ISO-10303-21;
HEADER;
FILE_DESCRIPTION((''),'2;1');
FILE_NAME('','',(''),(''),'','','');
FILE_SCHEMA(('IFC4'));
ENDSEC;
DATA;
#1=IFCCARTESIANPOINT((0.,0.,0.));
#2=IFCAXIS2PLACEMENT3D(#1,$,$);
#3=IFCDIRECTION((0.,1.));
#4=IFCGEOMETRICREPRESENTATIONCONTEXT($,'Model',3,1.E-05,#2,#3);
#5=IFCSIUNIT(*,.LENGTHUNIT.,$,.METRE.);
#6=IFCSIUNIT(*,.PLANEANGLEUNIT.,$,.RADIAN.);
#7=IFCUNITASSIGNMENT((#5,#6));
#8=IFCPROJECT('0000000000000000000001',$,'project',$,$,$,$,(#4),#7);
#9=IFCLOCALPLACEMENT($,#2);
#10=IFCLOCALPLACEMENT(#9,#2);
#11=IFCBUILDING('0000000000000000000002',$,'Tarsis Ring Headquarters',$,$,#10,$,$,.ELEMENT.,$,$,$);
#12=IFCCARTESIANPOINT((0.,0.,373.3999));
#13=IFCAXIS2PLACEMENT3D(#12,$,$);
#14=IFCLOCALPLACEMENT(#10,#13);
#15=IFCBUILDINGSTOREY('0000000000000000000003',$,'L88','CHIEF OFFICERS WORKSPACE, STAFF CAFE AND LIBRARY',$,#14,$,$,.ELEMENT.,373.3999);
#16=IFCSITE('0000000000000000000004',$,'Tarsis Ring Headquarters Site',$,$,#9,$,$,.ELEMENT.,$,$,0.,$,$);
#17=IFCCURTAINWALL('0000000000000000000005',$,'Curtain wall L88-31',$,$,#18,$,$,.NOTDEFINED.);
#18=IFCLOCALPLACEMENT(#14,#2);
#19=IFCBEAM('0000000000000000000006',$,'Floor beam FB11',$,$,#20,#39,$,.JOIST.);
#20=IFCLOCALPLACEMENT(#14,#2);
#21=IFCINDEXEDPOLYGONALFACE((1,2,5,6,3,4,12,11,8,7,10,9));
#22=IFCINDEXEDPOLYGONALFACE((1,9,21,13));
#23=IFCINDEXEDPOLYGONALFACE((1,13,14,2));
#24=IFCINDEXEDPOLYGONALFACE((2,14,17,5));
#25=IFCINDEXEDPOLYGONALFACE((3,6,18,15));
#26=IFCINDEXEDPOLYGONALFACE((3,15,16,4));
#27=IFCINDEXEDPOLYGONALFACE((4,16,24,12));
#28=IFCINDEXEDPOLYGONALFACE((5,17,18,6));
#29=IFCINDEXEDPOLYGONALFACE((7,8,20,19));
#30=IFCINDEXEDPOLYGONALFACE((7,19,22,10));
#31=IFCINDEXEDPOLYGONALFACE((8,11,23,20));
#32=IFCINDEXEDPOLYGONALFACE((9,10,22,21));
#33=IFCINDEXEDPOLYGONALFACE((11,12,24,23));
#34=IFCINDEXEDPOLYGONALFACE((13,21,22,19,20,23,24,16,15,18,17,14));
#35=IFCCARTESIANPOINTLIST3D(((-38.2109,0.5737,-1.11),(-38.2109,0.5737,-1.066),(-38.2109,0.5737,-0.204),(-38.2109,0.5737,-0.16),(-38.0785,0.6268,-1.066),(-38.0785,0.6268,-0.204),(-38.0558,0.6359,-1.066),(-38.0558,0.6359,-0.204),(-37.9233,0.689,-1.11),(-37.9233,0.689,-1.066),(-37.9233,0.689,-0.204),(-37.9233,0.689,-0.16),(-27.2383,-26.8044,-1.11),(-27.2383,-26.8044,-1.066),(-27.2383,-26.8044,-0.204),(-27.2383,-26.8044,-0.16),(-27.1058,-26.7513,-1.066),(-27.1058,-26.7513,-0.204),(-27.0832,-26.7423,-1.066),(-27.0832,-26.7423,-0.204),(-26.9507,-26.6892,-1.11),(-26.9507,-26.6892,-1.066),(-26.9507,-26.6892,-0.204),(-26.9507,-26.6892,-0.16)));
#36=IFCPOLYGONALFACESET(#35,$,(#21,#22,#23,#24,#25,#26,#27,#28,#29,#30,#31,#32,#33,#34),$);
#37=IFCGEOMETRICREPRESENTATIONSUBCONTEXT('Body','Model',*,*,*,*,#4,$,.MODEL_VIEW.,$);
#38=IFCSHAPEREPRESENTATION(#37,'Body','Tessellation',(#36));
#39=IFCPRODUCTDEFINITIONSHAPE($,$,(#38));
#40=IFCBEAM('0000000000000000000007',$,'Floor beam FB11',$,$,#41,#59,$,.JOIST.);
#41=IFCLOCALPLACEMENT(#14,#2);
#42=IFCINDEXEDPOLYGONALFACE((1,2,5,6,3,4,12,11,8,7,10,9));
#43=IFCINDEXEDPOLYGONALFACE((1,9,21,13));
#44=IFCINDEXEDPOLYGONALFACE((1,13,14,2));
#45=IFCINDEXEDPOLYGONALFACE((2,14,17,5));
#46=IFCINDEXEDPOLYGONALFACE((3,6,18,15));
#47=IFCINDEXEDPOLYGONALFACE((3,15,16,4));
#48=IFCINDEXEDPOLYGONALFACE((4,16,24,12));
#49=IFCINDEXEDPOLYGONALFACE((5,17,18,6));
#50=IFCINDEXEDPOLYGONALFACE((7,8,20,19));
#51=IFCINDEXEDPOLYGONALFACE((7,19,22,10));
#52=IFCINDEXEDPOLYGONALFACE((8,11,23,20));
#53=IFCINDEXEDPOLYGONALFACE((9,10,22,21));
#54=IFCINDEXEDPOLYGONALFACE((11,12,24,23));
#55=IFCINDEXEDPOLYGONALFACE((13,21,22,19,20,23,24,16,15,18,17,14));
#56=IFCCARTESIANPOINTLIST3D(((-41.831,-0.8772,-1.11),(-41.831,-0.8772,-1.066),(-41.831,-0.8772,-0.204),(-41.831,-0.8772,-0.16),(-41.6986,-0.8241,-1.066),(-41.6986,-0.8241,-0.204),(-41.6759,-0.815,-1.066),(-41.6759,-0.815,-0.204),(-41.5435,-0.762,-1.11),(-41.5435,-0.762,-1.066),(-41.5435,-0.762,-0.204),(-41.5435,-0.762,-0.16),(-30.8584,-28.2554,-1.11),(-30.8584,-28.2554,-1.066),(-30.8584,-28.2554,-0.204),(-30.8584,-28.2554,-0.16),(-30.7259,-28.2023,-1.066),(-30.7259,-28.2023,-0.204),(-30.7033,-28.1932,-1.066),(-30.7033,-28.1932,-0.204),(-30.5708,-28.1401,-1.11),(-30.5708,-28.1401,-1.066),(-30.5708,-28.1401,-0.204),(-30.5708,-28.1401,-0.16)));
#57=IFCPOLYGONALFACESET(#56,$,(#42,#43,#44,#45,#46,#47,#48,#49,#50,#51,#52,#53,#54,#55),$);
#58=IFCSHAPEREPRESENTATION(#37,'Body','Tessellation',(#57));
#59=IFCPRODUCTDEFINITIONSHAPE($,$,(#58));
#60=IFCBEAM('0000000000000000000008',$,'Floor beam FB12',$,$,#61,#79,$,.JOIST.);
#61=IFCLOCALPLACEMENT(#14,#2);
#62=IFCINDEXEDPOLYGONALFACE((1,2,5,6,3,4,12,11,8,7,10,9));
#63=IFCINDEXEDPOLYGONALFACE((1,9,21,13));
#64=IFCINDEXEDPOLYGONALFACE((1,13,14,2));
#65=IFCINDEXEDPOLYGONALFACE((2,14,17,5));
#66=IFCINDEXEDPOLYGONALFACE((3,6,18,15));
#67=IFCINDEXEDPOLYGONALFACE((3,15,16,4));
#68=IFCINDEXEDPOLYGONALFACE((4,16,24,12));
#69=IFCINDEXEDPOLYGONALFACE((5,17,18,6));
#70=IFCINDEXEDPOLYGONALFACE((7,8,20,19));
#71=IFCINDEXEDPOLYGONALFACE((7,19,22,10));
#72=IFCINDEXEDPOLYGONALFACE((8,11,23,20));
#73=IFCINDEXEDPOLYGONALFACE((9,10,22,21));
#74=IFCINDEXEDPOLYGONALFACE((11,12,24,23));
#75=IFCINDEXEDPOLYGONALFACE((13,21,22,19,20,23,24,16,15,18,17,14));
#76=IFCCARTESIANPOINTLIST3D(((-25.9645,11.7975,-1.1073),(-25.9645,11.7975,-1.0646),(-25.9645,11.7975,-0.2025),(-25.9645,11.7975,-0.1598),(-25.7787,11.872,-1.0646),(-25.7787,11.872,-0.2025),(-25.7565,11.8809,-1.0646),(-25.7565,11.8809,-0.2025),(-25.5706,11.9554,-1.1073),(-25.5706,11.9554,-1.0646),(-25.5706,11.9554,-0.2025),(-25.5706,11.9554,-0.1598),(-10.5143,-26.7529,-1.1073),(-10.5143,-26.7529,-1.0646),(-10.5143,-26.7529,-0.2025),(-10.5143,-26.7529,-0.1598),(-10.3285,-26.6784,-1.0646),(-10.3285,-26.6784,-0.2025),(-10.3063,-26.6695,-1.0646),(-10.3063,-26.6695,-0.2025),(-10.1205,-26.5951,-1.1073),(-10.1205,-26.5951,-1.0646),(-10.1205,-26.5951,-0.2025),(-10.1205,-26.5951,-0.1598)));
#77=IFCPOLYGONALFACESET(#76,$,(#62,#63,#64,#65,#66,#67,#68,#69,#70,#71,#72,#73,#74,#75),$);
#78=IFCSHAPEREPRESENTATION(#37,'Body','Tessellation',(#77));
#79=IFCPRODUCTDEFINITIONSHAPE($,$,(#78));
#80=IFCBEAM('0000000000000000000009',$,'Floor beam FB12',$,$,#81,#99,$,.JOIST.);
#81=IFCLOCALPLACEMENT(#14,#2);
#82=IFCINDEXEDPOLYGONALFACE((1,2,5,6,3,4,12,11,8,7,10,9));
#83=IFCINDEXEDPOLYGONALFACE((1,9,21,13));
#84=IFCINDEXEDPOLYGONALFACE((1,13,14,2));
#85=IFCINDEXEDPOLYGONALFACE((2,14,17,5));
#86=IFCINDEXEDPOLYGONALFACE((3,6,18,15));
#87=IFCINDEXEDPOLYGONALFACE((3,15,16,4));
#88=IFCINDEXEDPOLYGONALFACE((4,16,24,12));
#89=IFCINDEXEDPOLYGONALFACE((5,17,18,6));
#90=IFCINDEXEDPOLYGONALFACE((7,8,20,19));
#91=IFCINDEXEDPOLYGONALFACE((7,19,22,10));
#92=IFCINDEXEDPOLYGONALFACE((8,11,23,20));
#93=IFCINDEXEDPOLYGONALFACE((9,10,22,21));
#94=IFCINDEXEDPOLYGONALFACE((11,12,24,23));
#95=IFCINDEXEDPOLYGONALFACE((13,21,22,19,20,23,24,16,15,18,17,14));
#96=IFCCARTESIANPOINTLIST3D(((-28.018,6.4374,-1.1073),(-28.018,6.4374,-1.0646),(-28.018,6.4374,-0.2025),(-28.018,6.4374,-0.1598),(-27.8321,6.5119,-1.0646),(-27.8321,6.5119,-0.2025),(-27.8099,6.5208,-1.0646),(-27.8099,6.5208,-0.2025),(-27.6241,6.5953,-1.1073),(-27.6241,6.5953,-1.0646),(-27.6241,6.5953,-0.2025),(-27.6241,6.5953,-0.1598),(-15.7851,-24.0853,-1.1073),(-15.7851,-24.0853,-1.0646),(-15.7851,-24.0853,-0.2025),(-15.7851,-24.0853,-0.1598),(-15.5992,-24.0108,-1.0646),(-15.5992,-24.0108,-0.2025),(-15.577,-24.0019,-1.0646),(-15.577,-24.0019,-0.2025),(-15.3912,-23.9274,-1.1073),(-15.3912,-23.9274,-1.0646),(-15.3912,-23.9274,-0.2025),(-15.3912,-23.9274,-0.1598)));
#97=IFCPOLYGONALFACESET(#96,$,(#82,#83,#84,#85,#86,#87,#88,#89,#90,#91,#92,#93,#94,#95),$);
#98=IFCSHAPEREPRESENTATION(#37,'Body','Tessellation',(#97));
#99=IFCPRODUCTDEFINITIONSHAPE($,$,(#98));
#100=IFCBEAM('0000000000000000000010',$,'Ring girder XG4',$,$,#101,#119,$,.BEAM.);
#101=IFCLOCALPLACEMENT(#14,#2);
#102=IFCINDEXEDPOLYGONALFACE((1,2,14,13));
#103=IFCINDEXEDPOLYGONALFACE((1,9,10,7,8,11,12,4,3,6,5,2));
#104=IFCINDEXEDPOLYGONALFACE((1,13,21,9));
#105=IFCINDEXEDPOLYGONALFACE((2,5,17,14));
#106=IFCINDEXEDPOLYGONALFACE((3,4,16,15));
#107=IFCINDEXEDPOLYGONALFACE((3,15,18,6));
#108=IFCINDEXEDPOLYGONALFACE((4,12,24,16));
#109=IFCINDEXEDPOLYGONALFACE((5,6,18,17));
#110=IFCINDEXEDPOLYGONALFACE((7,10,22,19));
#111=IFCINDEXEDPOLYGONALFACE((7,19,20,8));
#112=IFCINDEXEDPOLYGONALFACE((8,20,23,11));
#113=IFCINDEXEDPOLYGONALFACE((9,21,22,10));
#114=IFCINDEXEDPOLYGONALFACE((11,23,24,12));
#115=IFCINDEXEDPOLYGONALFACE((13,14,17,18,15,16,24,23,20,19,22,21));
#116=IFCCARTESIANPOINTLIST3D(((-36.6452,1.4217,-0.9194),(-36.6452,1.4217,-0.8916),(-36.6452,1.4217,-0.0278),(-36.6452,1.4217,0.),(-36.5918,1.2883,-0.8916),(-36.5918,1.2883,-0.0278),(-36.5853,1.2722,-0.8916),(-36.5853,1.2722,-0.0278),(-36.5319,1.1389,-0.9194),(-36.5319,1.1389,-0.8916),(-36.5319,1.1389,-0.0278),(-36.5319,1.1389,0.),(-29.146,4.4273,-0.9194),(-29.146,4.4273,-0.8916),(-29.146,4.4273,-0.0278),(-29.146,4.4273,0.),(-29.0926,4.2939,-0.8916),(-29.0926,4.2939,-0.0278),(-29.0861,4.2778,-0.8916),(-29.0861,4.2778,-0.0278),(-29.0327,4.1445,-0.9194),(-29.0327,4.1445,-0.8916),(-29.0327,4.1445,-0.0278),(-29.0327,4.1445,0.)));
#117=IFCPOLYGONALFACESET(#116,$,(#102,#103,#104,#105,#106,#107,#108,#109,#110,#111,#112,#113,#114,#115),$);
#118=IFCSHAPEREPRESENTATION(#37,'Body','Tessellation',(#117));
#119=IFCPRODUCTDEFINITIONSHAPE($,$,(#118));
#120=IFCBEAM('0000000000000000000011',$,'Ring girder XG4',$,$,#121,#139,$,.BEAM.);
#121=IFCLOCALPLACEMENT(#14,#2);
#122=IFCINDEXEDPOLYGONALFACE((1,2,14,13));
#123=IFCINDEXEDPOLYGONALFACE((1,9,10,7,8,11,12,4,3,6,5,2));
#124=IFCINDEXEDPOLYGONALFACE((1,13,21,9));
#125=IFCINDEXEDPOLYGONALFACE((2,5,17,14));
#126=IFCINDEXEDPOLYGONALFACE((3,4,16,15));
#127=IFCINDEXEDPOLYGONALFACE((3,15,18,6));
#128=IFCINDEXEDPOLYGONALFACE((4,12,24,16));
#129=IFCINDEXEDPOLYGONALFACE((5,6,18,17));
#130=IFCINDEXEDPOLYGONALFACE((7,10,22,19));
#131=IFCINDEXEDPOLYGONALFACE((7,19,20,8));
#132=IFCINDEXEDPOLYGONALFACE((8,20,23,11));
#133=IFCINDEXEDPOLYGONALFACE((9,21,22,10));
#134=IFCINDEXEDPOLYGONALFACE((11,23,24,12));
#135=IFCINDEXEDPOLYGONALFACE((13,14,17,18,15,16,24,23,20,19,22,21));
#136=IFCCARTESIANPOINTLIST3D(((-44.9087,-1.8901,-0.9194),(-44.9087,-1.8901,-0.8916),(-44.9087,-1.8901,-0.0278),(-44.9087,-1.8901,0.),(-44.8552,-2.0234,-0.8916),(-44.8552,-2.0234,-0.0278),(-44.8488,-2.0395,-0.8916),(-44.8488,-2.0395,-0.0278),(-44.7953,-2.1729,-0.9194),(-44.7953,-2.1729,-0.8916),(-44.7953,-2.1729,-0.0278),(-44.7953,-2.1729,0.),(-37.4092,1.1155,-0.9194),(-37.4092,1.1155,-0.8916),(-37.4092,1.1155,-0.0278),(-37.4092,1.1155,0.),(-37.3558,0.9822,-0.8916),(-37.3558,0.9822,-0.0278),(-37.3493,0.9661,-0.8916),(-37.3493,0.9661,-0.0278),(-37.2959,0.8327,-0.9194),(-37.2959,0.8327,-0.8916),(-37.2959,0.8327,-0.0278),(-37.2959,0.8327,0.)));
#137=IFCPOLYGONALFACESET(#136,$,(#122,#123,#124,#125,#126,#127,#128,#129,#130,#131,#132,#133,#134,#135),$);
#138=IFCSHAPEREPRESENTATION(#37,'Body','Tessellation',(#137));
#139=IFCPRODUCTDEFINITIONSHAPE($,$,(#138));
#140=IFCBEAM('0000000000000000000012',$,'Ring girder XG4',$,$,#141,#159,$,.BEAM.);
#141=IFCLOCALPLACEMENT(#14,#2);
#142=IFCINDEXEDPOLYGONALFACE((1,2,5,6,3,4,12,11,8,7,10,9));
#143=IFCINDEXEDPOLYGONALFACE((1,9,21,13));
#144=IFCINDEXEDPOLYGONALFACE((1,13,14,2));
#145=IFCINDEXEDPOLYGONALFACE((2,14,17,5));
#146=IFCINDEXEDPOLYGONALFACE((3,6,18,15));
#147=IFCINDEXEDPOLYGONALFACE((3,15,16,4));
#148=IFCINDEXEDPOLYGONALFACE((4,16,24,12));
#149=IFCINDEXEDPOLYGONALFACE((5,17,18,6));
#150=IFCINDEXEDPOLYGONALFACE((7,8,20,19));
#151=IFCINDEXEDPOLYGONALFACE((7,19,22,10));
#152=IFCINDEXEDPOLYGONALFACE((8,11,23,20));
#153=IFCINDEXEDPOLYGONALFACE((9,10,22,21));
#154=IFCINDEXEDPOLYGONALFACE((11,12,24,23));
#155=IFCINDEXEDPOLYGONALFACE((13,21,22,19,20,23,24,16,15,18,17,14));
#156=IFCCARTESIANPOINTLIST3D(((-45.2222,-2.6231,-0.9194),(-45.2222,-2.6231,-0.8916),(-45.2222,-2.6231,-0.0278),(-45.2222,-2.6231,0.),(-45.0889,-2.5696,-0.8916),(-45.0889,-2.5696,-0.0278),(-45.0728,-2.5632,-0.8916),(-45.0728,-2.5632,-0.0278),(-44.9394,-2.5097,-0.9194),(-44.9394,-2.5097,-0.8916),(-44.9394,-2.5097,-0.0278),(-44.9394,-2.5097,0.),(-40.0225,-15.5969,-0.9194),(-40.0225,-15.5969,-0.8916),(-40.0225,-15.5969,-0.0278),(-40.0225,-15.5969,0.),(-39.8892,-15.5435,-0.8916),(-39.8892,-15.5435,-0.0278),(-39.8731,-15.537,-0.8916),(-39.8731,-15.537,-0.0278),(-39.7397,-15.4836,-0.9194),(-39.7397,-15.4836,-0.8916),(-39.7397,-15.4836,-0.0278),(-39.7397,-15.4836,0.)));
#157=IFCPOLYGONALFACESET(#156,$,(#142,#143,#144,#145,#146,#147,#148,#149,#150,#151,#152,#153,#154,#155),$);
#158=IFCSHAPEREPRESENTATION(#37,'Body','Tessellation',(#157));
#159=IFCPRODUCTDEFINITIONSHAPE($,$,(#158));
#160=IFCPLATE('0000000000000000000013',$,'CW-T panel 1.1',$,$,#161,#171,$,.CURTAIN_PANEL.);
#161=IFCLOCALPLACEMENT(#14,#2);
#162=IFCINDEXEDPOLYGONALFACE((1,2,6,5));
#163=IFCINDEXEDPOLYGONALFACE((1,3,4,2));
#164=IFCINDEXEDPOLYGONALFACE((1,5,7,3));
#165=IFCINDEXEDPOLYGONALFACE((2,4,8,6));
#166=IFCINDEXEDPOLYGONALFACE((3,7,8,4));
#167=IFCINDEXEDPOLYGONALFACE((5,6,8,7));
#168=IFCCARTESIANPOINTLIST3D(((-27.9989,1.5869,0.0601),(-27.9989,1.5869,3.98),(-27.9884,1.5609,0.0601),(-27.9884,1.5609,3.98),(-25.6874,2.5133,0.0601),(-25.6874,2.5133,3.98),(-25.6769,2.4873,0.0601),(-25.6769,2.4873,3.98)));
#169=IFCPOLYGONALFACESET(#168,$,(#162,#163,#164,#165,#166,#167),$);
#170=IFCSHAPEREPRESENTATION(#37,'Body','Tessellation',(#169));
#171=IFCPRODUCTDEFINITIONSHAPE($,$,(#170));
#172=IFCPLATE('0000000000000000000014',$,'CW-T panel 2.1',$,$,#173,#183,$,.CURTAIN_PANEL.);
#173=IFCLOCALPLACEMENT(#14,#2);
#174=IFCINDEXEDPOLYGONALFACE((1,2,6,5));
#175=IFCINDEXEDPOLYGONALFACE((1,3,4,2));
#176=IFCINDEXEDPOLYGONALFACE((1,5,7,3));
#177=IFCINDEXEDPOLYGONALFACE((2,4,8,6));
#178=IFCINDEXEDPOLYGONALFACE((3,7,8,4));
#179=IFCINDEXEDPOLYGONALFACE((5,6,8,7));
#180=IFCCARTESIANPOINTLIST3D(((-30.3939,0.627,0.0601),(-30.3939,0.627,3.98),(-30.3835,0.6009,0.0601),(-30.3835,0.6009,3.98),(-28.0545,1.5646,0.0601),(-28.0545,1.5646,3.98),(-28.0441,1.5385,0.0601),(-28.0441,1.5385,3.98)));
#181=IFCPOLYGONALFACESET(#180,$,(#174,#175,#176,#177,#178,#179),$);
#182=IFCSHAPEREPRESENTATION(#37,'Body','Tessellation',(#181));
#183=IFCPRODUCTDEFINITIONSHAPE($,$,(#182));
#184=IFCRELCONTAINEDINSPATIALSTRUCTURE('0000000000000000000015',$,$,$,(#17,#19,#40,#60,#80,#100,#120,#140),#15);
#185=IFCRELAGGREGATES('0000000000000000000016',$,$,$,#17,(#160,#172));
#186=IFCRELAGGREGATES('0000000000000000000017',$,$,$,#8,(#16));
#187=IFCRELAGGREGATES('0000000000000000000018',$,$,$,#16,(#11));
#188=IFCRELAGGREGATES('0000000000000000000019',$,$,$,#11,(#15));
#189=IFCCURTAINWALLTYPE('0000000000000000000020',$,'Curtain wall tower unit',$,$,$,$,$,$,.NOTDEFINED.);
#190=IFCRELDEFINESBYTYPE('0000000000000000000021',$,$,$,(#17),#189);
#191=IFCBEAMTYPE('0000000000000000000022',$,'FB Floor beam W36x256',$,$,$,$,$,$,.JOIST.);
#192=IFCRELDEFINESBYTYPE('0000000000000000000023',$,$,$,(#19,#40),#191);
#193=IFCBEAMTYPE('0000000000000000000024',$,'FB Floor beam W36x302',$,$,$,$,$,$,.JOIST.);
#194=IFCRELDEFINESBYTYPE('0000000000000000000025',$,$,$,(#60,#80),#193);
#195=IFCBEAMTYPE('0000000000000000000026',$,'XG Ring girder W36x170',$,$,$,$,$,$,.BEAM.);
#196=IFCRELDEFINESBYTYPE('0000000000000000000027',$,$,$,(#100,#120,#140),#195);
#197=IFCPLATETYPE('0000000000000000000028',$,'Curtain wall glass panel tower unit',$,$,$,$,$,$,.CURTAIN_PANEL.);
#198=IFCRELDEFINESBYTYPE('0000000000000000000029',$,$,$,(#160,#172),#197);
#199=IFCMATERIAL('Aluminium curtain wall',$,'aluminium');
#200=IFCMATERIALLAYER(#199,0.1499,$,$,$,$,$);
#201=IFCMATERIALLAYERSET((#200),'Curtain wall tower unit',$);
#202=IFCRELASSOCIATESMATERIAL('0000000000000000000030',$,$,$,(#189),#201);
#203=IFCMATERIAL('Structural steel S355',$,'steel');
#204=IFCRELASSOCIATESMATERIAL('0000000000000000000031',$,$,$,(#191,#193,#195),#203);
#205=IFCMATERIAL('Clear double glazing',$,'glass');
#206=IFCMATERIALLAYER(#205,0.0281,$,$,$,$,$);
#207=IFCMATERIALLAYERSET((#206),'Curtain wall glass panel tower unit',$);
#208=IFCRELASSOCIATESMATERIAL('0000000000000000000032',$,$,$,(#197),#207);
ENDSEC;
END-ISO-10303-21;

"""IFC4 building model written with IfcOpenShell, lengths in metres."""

from ifc_helpers import new_model, si_unit, direction, frame, origin, origin_2d, place, context, subcontext, project, spatial, rectangle, i_section, extrude, material, layer, layer_set, material_profile, profile_set, type_object, element, aggregate, save


model = new_model("IFC4")

# Units and contexts
model_context = context("Model", 3, precision=1e-05, world=origin(), true_north=direction((0.0, 1.0)))
body_context = subcontext(model_context, "Body", "Model", "MODEL_VIEW")
ifc_project = project(units=[si_unit("LENGTHUNIT", "METRE"), si_unit("PLANEANGLEUNIT", "RADIAN")], contexts=[model_context])

# Site, building, storey
site_placement = place(None, origin())
site = spatial("IfcSite", under=ifc_project, at=site_placement, Name="Tarsis Ring Headquarters Site", CompositionType="ELEMENT", RefElevation=0.0)
building_placement = place(site_placement, origin())
building = spatial("IfcBuilding", under=site, at=building_placement, Name="Tarsis Ring Headquarters", CompositionType="ELEMENT")
storey_placement = place(building_placement, frame((0.0, 0.0, 373.3999)))
storey = spatial("IfcBuildingStorey", under=building, at=storey_placement, Name="L88", Description="CHIEF OFFICERS WORKSPACE, STAFF CAFE AND LIBRARY", CompositionType="ELEMENT", Elevation=373.3999)

# Shared definitions
ifc_material_1 = material(Name="Structural steel S355", Category="steel")

# Curtain wall
ifc_material_2 = material(Name="Aluminium curtain wall", Category="aluminium")
ifc_layer_1 = layer(ifc_material_2, 0.1499)
ifc_layer_set_1 = layer_set([ifc_layer_1], Name="Curtain wall tower unit")
curtain_wall_type = type_object("IfcCurtainWallType", Name="Curtain wall tower unit", PredefinedType="NOTDEFINED", material=ifc_layer_set_1)
curtain_wall_placement = place(storey_placement, origin())
curtain_wall = element("IfcCurtainWall", 1, at=curtain_wall_placement, inside=storey, type_object=curtain_wall_type, Name="Curtain wall L88-31", PredefinedType="NOTDEFINED")

# Beams
ifc_material_profile_1 = material_profile(ifc_material_1, i_section(OverallWidth=0.3098, OverallDepth=0.95, WebThickness=0.0244, FlangeThickness=0.0439, at=origin_2d()), Name="W36x256")
ifc_profile_set_1 = profile_set([ifc_material_profile_1], Name="Structural steel S355")
beam_type_1 = type_object("IfcBeamType", Name="FB Floor beam W36x256", PredefinedType="JOIST", material=ifc_profile_set_1)
for number, where, z_axis, x_axis, name in (
    (2, (-38.0671, 0.6313, -0.635), (0.372016, -0.928226, 0.0), (0.928226, 0.372016, 0.0), "Floor beam FB11"),
    (3, (-41.6873, -0.8196, -0.635), (0.372016, -0.928226, 0.0), (0.928226, 0.372016, 0.0), "Floor beam FB11"),
):
    element("IfcBeam", number, at=place(storey_placement, frame(where, z_axis=z_axis, x_axis=x_axis)), inside=storey, type_object=beam_type_1, Name=name, PredefinedType="JOIST", context=body_context, shape_type="SweptSolid", body=[
        extrude(i_section(OverallWidth=0.3098, OverallDepth=0.95, WebThickness=0.0244, FlangeThickness=0.0439, at=origin_2d()), origin(), (0.0, 0.0, 1.0), 29.4951),
    ])
ifc_material_profile_2 = material_profile(ifc_material_1, i_section(OverallWidth=0.4243, OverallDepth=0.9475, WebThickness=0.0239, FlangeThickness=0.0427, at=origin_2d()), Name="W36x302")
ifc_profile_set_2 = profile_set([ifc_material_profile_2], Name="Structural steel S355")
beam_type_2 = type_object("IfcBeamType", Name="FB Floor beam W36x302", PredefinedType="JOIST", material=ifc_profile_set_2)
beam_1_placement = place(storey_placement, frame((-25.7676, 11.8765, -0.6335), z_axis=(0.372013, -0.928228, 0.0), x_axis=(0.928228, 0.372013, 0.0)))
element("IfcBeam", 4, at=beam_1_placement, inside=storey, type_object=beam_type_2, Name="Floor beam FB12", PredefinedType="JOIST", context=body_context, shape_type="SweptSolid", body=[
    extrude(i_section(OverallWidth=0.4243, OverallDepth=0.9475, WebThickness=0.0239, FlangeThickness=0.0427, at=origin_2d()), origin(), (0.0, 0.0, 1.0), 41.5312),
])
beam_2_placement = place(storey_placement, frame((-27.821, 6.5164, -0.6335), z_axis=(0.372015, -0.928227, 0.0), x_axis=(0.928227, 0.372015, 0.0)))
element("IfcBeam", 5, at=beam_2_placement, inside=storey, type_object=beam_type_2, Name="Floor beam FB12", PredefinedType="JOIST", context=body_context, shape_type="SweptSolid", body=[
    extrude(i_section(OverallWidth=0.4243, OverallDepth=0.9475, WebThickness=0.0239, FlangeThickness=0.0427, at=origin_2d()), origin(), (0.0, 0.0, 1.0), 32.8828),
])
ifc_material_profile_3 = material_profile(ifc_material_1, i_section(OverallWidth=0.3047, OverallDepth=0.9194, WebThickness=0.0173, FlangeThickness=0.0278, at=origin_2d()), Name="W36x170")
ifc_profile_set_3 = profile_set([ifc_material_profile_3], Name="Structural steel S355")
beam_type_3 = type_object("IfcBeamType", Name="XG Ring girder W36x170", PredefinedType="BEAM", material=ifc_profile_set_3)
beam_3_placement = place(storey_placement, frame((-29.0894, 4.2859, -0.4597), z_axis=(-0.928224, -0.372021, 0.0), x_axis=(0.372021, -0.928224, 0.0)))
element("IfcBeam", 6, at=beam_3_placement, inside=storey, type_object=beam_type_3, Name="Ring girder XG4", PredefinedType="BEAM", context=body_context, shape_type="SweptSolid", body=[
    extrude(i_section(OverallWidth=0.3047, OverallDepth=0.9194, WebThickness=0.0173, FlangeThickness=0.0278, at=origin_2d()), origin(), (0.0, 0.0, 1.0), 8.0791),
])
beam_4_placement = place(storey_placement, frame((-37.3525, 0.9741, -0.4597), z_axis=(-0.928228, -0.372011, 0.0), x_axis=(0.372011, -0.928228, 0.0)))
element("IfcBeam", 7, at=beam_4_placement, inside=storey, type_object=beam_type_3, Name="Ring girder XG4", PredefinedType="BEAM", context=body_context, shape_type="SweptSolid", body=[
    extrude(i_section(OverallWidth=0.3047, OverallDepth=0.9194, WebThickness=0.0173, FlangeThickness=0.0278, at=origin_2d()), origin(), (0.0, 0.0, 1.0), 8.0793),
])
beam_5_placement = place(storey_placement, frame((-45.0808, -2.5664, -0.4597), z_axis=(0.372017, -0.928226, 0.0), x_axis=(0.928226, 0.372017, 0.0)))
element("IfcBeam", 8, at=beam_5_placement, inside=storey, type_object=beam_type_3, Name="Ring girder XG4", PredefinedType="BEAM", context=body_context, shape_type="SweptSolid", body=[
    extrude(i_section(OverallWidth=0.3047, OverallDepth=0.9194, WebThickness=0.0173, FlangeThickness=0.0278, at=origin_2d()), origin(), (0.0, 0.0, 1.0), 13.9771),
])

# Plates
ifc_material_3 = material(Name="Clear double glazing", Category="glass")
ifc_layer_2 = layer(ifc_material_3, 0.0281)
ifc_layer_set_2 = layer_set([ifc_layer_2], Name="Curtain wall glass panel tower unit")
plate_type = type_object("IfcPlateType", Name="Curtain wall glass panel tower unit", PredefinedType="CURTAIN_PANEL", material=ifc_layer_set_2)
plate_1_placement = place(storey_placement, frame((-26.8379, 2.0371, 0.0601), z_axis=(0.0, 0.0, 1.0), x_axis=(-0.928226, -0.372016, 0.0)))
plate_1 = element("IfcPlate", 9, at=plate_1_placement, type_object=plate_type, Name="CW-T panel 1.1", PredefinedType="CURTAIN_PANEL", context=body_context, shape_type="SweptSolid", body=[
    extrude(rectangle(XDim=2.4902, YDim=0.0281, at=origin_2d()), origin(), (0.0, 0.0, 1.0), 3.9199),
])
plate_2_placement = place(storey_placement, frame((-29.219, 1.0828, 0.0601), z_axis=(0.0, 0.0, 1.0), x_axis=(-0.928226, -0.372016, 0.0)))
plate_2 = element("IfcPlate", 10, at=plate_2_placement, type_object=plate_type, Name="CW-T panel 2.1", PredefinedType="CURTAIN_PANEL", context=body_context, shape_type="SweptSolid", body=[
    extrude(rectangle(XDim=2.5203, YDim=0.0281, at=origin_2d()), origin(), (0.0, 0.0, 1.0), 3.9199),
])
aggregate(curtain_wall, [plate_1, plate_2])

save(model, "model.ifc")
